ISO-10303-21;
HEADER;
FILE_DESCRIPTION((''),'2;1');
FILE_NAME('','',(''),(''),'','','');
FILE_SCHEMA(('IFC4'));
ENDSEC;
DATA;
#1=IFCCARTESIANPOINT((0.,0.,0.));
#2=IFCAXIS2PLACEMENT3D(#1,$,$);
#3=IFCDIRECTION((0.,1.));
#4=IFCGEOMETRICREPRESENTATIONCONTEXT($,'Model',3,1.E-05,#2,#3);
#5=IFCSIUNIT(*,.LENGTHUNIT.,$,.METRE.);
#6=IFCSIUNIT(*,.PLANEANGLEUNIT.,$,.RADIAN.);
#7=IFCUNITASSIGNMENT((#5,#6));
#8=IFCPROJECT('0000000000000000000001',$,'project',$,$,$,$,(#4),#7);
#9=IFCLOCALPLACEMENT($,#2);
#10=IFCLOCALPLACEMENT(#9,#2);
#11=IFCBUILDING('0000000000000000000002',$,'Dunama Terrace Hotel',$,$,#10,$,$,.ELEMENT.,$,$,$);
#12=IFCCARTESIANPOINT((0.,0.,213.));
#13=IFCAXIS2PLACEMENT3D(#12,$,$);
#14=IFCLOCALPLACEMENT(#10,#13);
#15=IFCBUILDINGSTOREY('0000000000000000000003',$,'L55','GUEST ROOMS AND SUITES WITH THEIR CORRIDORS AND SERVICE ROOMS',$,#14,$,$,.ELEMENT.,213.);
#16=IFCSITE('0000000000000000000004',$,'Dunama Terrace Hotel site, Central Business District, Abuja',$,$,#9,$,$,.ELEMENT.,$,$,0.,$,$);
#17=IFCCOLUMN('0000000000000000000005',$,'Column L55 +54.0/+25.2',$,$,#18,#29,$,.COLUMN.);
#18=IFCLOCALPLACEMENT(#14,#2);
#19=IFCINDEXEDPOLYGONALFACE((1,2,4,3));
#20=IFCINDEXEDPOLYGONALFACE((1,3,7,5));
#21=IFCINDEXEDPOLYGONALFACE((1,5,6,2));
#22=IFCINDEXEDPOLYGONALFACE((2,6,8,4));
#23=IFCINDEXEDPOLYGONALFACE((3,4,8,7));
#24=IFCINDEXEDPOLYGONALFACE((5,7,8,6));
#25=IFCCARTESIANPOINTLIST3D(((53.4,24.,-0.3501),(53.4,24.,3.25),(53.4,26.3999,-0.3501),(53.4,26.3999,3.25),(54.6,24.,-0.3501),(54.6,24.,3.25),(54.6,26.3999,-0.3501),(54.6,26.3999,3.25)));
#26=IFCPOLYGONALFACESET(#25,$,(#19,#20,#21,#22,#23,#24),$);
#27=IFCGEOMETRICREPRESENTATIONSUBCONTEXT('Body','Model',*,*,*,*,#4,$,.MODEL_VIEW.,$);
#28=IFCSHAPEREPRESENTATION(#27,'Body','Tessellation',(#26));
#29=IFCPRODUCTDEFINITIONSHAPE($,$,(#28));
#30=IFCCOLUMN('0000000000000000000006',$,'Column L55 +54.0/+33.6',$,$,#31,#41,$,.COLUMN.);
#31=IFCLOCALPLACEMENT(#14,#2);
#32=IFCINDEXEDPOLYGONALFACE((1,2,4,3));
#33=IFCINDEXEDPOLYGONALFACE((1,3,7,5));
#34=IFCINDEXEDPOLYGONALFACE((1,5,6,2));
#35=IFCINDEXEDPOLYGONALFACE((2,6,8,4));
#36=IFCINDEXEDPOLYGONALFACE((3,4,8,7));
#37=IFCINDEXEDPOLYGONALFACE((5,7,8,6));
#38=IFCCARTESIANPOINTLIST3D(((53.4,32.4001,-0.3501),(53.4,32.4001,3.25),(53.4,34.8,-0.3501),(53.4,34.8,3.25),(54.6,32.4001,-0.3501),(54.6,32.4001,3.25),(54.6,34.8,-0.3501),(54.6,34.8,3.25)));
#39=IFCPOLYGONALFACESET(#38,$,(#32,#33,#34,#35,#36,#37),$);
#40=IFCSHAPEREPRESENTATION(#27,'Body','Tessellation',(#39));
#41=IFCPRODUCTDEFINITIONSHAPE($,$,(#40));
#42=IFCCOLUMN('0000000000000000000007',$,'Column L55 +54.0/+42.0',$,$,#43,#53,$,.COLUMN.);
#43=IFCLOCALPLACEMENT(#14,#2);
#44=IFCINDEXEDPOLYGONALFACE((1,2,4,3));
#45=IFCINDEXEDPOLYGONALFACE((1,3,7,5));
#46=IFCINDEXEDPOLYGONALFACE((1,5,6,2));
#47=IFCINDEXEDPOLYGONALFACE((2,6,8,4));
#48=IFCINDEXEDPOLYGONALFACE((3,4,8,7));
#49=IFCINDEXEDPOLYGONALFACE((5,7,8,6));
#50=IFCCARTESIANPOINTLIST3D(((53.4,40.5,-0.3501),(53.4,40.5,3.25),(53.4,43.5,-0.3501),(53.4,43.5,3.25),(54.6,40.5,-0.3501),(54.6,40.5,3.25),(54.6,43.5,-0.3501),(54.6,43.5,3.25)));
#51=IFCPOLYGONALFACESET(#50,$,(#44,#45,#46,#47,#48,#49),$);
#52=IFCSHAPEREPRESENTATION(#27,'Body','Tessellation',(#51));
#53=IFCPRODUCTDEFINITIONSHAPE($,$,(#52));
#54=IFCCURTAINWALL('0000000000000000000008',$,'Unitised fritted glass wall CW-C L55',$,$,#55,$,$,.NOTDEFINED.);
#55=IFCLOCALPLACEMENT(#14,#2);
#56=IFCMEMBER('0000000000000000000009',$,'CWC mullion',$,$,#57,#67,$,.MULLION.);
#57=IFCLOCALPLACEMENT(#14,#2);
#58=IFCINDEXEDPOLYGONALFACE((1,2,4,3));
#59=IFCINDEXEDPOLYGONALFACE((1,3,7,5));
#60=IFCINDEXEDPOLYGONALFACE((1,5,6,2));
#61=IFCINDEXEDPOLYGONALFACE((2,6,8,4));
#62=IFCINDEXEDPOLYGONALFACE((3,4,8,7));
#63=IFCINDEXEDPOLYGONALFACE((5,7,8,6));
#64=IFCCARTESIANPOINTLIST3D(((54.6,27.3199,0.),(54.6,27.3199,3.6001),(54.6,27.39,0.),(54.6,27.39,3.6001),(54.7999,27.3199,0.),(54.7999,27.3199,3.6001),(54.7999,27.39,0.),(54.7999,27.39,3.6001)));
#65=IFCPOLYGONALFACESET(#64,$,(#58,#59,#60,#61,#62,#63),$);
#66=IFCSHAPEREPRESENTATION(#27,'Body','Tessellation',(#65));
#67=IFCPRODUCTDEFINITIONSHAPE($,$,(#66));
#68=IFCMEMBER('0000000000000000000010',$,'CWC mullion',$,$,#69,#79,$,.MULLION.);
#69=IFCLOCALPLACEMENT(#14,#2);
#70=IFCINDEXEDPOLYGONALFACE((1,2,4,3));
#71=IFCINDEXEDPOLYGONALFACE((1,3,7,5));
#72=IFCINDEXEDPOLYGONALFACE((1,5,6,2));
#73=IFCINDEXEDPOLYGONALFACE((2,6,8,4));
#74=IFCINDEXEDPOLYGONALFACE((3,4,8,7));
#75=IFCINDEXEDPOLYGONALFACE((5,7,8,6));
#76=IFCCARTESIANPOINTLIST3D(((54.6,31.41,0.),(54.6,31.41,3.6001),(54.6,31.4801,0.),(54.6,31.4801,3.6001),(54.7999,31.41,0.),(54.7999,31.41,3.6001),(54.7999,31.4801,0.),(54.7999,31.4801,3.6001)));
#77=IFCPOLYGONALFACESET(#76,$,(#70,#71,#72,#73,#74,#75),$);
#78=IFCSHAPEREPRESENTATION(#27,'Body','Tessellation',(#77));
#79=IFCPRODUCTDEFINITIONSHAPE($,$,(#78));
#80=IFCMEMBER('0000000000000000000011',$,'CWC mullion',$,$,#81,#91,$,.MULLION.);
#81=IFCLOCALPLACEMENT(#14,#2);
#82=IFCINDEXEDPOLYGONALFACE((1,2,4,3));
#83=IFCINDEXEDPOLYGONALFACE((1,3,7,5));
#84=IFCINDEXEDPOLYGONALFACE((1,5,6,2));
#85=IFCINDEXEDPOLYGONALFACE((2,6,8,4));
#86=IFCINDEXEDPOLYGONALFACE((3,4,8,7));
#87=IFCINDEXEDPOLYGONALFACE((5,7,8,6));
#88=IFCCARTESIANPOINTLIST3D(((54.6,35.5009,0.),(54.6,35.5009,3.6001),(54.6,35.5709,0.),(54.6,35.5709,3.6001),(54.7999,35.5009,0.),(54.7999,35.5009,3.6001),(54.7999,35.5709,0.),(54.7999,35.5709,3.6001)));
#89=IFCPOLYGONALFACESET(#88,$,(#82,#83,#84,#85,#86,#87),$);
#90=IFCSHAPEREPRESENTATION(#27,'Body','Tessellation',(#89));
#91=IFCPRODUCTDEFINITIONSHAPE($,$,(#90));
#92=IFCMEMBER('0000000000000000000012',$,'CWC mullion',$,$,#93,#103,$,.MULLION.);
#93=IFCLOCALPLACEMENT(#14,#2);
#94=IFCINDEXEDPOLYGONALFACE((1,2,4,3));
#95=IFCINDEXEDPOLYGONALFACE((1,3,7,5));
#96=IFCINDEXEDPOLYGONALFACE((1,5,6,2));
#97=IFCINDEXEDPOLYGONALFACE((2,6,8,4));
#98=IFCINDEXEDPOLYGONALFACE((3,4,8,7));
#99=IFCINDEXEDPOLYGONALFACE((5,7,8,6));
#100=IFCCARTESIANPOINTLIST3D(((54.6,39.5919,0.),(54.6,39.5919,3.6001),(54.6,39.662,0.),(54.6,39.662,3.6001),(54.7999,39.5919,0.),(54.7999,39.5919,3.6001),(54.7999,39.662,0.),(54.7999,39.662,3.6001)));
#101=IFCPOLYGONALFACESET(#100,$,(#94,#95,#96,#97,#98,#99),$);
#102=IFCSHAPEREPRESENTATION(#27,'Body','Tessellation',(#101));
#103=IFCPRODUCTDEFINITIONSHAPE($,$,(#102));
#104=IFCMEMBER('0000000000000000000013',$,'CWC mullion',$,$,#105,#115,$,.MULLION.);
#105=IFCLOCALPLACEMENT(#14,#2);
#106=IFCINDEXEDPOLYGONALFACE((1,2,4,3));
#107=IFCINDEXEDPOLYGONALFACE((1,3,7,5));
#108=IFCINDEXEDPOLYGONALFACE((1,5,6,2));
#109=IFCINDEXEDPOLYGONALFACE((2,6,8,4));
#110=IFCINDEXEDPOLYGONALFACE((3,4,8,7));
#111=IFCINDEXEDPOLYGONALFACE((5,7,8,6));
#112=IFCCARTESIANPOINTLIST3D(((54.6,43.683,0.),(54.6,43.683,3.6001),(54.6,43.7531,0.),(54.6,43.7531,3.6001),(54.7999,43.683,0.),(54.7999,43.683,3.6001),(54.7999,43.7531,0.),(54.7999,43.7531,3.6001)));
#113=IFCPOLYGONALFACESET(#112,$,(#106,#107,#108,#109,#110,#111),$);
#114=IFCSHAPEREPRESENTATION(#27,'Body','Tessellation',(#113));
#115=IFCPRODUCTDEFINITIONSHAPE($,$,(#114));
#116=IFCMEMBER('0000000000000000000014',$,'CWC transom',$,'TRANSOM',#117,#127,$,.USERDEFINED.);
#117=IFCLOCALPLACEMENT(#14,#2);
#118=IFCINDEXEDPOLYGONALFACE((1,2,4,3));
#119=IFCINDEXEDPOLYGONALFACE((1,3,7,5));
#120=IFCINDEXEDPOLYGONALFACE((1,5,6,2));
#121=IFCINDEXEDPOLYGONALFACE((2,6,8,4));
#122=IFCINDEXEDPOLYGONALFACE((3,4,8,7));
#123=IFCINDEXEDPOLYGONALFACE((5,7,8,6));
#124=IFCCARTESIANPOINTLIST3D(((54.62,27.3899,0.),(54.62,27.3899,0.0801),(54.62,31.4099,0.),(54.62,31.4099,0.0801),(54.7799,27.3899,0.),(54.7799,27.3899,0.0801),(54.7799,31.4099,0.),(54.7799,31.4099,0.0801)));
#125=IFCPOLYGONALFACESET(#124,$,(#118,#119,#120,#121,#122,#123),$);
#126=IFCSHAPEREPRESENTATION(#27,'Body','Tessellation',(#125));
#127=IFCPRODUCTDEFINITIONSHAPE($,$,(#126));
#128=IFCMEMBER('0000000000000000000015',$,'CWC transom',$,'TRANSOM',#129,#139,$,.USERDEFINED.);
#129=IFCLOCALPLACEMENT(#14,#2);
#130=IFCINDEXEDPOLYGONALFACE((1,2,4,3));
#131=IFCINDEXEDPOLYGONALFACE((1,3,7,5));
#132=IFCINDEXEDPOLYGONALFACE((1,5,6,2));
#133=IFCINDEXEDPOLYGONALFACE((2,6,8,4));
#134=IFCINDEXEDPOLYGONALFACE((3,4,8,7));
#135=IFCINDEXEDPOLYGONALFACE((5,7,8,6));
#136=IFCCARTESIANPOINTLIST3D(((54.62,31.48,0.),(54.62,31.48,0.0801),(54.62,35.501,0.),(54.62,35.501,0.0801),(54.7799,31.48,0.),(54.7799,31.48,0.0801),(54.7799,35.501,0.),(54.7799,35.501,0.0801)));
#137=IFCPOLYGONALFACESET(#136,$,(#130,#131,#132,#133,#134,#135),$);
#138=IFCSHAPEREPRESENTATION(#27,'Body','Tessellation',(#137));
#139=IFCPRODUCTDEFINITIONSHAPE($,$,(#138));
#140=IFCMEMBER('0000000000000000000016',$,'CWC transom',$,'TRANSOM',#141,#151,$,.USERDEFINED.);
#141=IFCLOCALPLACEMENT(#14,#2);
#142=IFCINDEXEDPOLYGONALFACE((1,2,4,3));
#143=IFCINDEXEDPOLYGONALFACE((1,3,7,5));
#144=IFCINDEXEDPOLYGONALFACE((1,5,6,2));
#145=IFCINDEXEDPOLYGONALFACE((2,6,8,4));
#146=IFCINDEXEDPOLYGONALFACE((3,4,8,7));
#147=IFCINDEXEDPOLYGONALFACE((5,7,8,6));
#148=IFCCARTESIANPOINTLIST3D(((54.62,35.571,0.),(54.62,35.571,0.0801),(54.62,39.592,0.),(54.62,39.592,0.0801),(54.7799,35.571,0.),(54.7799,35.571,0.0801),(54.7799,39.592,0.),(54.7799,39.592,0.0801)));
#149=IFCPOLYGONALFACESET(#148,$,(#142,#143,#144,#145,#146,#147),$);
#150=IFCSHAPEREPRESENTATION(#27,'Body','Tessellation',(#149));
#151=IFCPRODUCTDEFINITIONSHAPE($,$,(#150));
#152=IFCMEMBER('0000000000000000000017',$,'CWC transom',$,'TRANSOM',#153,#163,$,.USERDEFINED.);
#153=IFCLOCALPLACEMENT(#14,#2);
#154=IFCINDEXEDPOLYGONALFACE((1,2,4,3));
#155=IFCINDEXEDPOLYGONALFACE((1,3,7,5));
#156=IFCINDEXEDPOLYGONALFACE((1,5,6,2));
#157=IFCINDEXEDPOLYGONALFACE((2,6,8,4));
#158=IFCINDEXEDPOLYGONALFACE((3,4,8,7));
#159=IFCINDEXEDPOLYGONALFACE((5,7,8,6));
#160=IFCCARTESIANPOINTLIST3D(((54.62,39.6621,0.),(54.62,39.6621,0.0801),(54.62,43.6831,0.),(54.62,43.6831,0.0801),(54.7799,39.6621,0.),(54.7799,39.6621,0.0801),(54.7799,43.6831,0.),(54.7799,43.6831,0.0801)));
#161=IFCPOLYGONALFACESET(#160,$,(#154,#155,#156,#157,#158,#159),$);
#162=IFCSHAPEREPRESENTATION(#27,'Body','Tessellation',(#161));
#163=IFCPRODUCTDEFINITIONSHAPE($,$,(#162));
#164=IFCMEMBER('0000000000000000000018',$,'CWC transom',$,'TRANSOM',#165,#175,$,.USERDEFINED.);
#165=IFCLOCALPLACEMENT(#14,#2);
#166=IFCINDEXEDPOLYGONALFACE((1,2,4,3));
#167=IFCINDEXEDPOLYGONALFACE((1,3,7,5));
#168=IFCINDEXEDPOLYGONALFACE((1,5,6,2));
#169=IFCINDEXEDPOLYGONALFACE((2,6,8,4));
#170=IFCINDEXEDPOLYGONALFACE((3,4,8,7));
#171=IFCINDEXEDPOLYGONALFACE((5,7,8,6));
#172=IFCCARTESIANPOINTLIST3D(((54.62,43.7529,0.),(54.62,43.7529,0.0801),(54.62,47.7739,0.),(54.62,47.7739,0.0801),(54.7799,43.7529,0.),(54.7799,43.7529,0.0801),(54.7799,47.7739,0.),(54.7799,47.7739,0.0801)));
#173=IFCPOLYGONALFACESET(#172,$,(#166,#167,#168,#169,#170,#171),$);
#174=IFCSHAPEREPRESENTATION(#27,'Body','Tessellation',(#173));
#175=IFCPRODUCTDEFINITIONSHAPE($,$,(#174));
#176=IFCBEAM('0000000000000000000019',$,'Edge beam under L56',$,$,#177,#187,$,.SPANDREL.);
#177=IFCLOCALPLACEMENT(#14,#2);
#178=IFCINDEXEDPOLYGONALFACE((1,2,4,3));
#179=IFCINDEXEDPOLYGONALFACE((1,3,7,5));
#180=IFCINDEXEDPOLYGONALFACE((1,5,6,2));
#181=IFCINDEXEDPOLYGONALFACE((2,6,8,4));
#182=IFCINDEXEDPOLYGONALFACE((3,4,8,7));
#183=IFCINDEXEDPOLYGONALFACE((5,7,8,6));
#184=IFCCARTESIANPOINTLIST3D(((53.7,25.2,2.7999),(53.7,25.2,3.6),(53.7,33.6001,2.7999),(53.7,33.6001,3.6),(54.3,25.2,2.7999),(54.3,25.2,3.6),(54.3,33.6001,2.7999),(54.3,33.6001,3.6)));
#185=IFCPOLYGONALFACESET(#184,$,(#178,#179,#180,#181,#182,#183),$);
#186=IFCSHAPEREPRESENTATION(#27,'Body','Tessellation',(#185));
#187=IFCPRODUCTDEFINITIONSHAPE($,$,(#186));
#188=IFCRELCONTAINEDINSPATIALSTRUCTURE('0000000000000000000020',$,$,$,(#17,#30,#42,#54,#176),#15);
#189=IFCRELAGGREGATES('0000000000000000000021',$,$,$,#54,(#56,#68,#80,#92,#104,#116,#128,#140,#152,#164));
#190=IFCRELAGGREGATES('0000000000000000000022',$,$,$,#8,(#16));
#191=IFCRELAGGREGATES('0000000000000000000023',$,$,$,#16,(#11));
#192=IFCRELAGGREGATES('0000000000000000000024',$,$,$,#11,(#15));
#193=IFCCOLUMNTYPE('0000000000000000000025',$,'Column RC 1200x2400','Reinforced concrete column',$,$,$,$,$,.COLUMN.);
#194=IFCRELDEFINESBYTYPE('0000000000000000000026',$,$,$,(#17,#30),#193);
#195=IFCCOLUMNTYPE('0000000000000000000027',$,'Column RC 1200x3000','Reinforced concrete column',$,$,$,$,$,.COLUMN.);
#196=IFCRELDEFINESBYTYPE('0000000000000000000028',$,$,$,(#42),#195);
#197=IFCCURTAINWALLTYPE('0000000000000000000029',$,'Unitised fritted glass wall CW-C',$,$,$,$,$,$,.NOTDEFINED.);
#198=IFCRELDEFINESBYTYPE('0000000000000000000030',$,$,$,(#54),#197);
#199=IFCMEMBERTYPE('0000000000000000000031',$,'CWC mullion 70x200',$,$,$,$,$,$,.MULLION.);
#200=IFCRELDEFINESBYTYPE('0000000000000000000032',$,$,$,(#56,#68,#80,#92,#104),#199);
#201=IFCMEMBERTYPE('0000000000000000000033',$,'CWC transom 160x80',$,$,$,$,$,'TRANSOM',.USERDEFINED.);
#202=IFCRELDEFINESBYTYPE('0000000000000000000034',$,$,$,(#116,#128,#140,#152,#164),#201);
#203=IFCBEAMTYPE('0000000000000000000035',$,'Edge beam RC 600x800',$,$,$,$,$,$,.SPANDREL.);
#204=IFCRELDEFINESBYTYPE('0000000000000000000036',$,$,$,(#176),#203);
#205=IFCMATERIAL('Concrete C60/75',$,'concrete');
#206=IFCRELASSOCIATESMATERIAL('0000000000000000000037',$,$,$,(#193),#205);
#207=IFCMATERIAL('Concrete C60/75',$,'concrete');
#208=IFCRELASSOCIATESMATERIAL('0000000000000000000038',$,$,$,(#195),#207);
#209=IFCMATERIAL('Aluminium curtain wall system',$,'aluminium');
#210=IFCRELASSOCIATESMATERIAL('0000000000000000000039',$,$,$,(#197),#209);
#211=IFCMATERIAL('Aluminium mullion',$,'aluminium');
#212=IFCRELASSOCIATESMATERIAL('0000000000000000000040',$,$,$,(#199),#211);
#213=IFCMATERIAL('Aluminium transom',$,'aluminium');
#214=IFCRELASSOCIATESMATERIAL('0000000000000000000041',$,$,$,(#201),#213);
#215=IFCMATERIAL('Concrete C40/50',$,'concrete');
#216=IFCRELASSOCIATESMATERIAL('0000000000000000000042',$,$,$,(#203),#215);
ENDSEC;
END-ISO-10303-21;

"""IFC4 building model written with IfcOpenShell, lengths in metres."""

from ifc_helpers import new_model, si_unit, direction, frame, origin, origin_2d, place, context, subcontext, project, spatial, rectangle, extrude, material, material_profile, profile_set, type_object, element, aggregate, save


model = new_model("IFC4")

# Units and contexts
model_context = context("Model", 3, precision=1e-05, world=origin(), true_north=direction((0.0, 1.0)))
body_context = subcontext(model_context, "Body", "Model", "MODEL_VIEW")
ifc_project = project(units=[si_unit("LENGTHUNIT", "METRE"), si_unit("PLANEANGLEUNIT", "RADIAN")], contexts=[model_context])

# Site, building, storey
site_placement = place(None, origin())
site = spatial("IfcSite", under=ifc_project, at=site_placement, Name="Dunama Terrace Hotel site, Central Business District, Abuja", CompositionType="ELEMENT", RefElevation=0.0)
building_placement = place(site_placement, origin())
building = spatial("IfcBuilding", under=site, at=building_placement, Name="Dunama Terrace Hotel", CompositionType="ELEMENT")
storey_placement = place(building_placement, frame((0.0, 0.0, 213.0)))
storey = spatial("IfcBuildingStorey", under=building, at=storey_placement, Name="L55", Description="GUEST ROOMS AND SUITES WITH THEIR CORRIDORS AND SERVICE ROOMS", CompositionType="ELEMENT", Elevation=213.0)

# Columns
ifc_material_1 = material(Name="Concrete C60/75", Category="concrete")
ifc_material_profile_1 = material_profile(ifc_material_1, rectangle(XDim=1.2, YDim=2.3999, at=origin_2d()), Name="RC 1200x2400")
ifc_profile_set_1 = profile_set([ifc_material_profile_1], Name="Concrete C60/75")
column_type_1 = type_object("IfcColumnType", Name="Column RC 1200x2400", Description="Reinforced concrete column", PredefinedType="COLUMN", material=ifc_profile_set_1)
for number, where, z_axis, x_axis, name in (
    (1, (54.0, 25.2, -0.3501), (0.0, 0.0, 1.0), (1.0, 0.0, 0.0), "Column L55 +54.0/+25.2"),
    (2, (54.0, 33.6001, -0.3501), (0.0, 0.0, 1.0), (1.0, 0.0, 0.0), "Column L55 +54.0/+33.6"),
):
    element("IfcColumn", number, at=place(storey_placement, frame(where, z_axis=z_axis, x_axis=x_axis)), inside=storey, type_object=column_type_1, Name=name, PredefinedType="COLUMN", context=body_context, shape_type="SweptSolid", body=[
        extrude(rectangle(XDim=1.2, YDim=2.3999, at=origin_2d()), origin(), (0.0, 0.0, 1.0), 3.6001),
    ])
ifc_material_2 = material(Name="Concrete C60/75", Category="concrete")
ifc_material_profile_2 = material_profile(ifc_material_2, rectangle(XDim=1.2, YDim=3.0, at=origin_2d()), Name="RC 1200x3000")
ifc_profile_set_2 = profile_set([ifc_material_profile_2], Name="Concrete C60/75")
column_type_2 = type_object("IfcColumnType", Name="Column RC 1200x3000", Description="Reinforced concrete column", PredefinedType="COLUMN", material=ifc_profile_set_2)
column_placement = place(storey_placement, frame((54.0, 42.0, -0.3501), z_axis=(0.0, 0.0, 1.0), x_axis=(1.0, 0.0, 0.0)))
element("IfcColumn", 3, at=column_placement, inside=storey, type_object=column_type_2, Name="Column L55 +54.0/+42.0", PredefinedType="COLUMN", context=body_context, shape_type="SweptSolid", body=[
    extrude(rectangle(XDim=1.2, YDim=3.0, at=origin_2d()), origin(), (0.0, 0.0, 1.0), 3.6001),
])

# Curtain wall, members
ifc_material_3 = material(Name="Aluminium curtain wall system", Category="aluminium")
curtain_wall_type = type_object("IfcCurtainWallType", Name="Unitised fritted glass wall CW-C", PredefinedType="NOTDEFINED", material=ifc_material_3)
curtain_wall_placement = place(storey_placement, origin())
curtain_wall = element("IfcCurtainWall", 4, at=curtain_wall_placement, inside=storey, type_object=curtain_wall_type, Name="Unitised fritted glass wall CW-C L55", PredefinedType="NOTDEFINED")
ifc_material_4 = material(Name="Aluminium mullion", Category="aluminium")
ifc_material_profile_3 = material_profile(ifc_material_4, rectangle(XDim=0.0701, YDim=0.2, at=origin_2d()), Name="CWC MULLION 70X200")
ifc_profile_set_3 = profile_set([ifc_material_profile_3], Name="Aluminium mullion")
member_type_1 = type_object("IfcMemberType", Name="CWC mullion 70x200", PredefinedType="MULLION", material=ifc_profile_set_3)
member_1_placement = place(storey_placement, frame((54.7, 27.355, 0.0), z_axis=(0.0, 0.0, 1.0), x_axis=(0.0, 1.0, 0.0)))
member_1 = element("IfcMember", 5, at=member_1_placement, type_object=member_type_1, Name="CWC mullion", PredefinedType="MULLION", context=body_context, shape_type="SweptSolid", body=[
    extrude(rectangle(XDim=0.0701, YDim=0.2, at=origin_2d()), origin(), (0.0, 0.0, 1.0), 3.6001),
])
member_2_placement = place(storey_placement, frame((54.7, 31.4451, 0.0), z_axis=(0.0, 0.0, 1.0), x_axis=(0.0, 1.0, 0.0)))
member_2 = element("IfcMember", 6, at=member_2_placement, type_object=member_type_1, Name="CWC mullion", PredefinedType="MULLION", context=body_context, shape_type="SweptSolid", body=[
    extrude(rectangle(XDim=0.0701, YDim=0.2, at=origin_2d()), origin(), (0.0, 0.0, 1.0), 3.6001),
])
member_3_placement = place(storey_placement, frame((54.7, 35.5359, 0.0), z_axis=(0.0, 0.0, 1.0), x_axis=(0.0, 1.0, 0.0)))
member_3 = element("IfcMember", 7, at=member_3_placement, type_object=member_type_1, Name="CWC mullion", PredefinedType="MULLION", context=body_context, shape_type="SweptSolid", body=[
    extrude(rectangle(XDim=0.0701, YDim=0.2, at=origin_2d()), origin(), (0.0, 0.0, 1.0), 3.6001),
])
member_4_placement = place(storey_placement, frame((54.7, 39.627, 0.0), z_axis=(0.0, 0.0, 1.0), x_axis=(0.0, 1.0, 0.0)))
member_4 = element("IfcMember", 8, at=member_4_placement, type_object=member_type_1, Name="CWC mullion", PredefinedType="MULLION", context=body_context, shape_type="SweptSolid", body=[
    extrude(rectangle(XDim=0.0701, YDim=0.2, at=origin_2d()), origin(), (0.0, 0.0, 1.0), 3.6001),
])
member_5_placement = place(storey_placement, frame((54.7, 43.718, 0.0), z_axis=(0.0, 0.0, 1.0), x_axis=(0.0, 1.0, 0.0)))
member_5 = element("IfcMember", 9, at=member_5_placement, type_object=member_type_1, Name="CWC mullion", PredefinedType="MULLION", context=body_context, shape_type="SweptSolid", body=[
    extrude(rectangle(XDim=0.0701, YDim=0.2, at=origin_2d()), origin(), (0.0, 0.0, 1.0), 3.6001),
])
ifc_material_5 = material(Name="Aluminium transom", Category="aluminium")
ifc_material_profile_4 = material_profile(ifc_material_5, rectangle(XDim=0.1599, YDim=0.0801, at=origin_2d()), Name="CWC TRANSOM 160X80")
ifc_profile_set_4 = profile_set([ifc_material_profile_4], Name="Aluminium transom")
member_type_2 = type_object("IfcMemberType", Name="CWC transom 160x80", ElementType="TRANSOM", PredefinedType="USERDEFINED", material=ifc_profile_set_4)
member_6_placement = place(storey_placement, frame((54.7, 27.3899, 0.04), z_axis=(0.0, 1.0, 0.0), x_axis=(-1.0, 0.0, 0.0)))
member_6 = element("IfcMember", 10, at=member_6_placement, type_object=member_type_2, Name="CWC transom", ObjectType="TRANSOM", PredefinedType="USERDEFINED", context=body_context, shape_type="SweptSolid", body=[
    extrude(rectangle(XDim=0.1599, YDim=0.0801, at=origin_2d()), origin(), (0.0, 0.0, 1.0), 4.02),
])
member_7_placement = place(storey_placement, frame((54.7, 31.48, 0.04), z_axis=(0.0, 1.0, 0.0), x_axis=(-1.0, 0.0, 0.0)))
member_7 = element("IfcMember", 11, at=member_7_placement, type_object=member_type_2, Name="CWC transom", ObjectType="TRANSOM", PredefinedType="USERDEFINED", context=body_context, shape_type="SweptSolid", body=[
    extrude(rectangle(XDim=0.1599, YDim=0.0801, at=origin_2d()), origin(), (0.0, 0.0, 1.0), 4.021),
])
member_8_placement = place(storey_placement, frame((54.7, 35.571, 0.04), z_axis=(0.0, 1.0, 0.0), x_axis=(-1.0, 0.0, 0.0)))
member_8 = element("IfcMember", 12, at=member_8_placement, type_object=member_type_2, Name="CWC transom", ObjectType="TRANSOM", PredefinedType="USERDEFINED", context=body_context, shape_type="SweptSolid", body=[
    extrude(rectangle(XDim=0.1599, YDim=0.0801, at=origin_2d()), origin(), (0.0, 0.0, 1.0), 4.021),
])
member_9_placement = place(storey_placement, frame((54.7, 39.6621, 0.04), z_axis=(0.0, 1.0, 0.0), x_axis=(-1.0, 0.0, 0.0)))
member_9 = element("IfcMember", 13, at=member_9_placement, type_object=member_type_2, Name="CWC transom", ObjectType="TRANSOM", PredefinedType="USERDEFINED", context=body_context, shape_type="SweptSolid", body=[
    extrude(rectangle(XDim=0.1599, YDim=0.0801, at=origin_2d()), origin(), (0.0, 0.0, 1.0), 4.021),
])
member_10_placement = place(storey_placement, frame((54.7, 43.7529, 0.04), z_axis=(0.0, 1.0, 0.0), x_axis=(-1.0, 0.0, 0.0)))
member_10 = element("IfcMember", 14, at=member_10_placement, type_object=member_type_2, Name="CWC transom", ObjectType="TRANSOM", PredefinedType="USERDEFINED", context=body_context, shape_type="SweptSolid", body=[
    extrude(rectangle(XDim=0.1599, YDim=0.0801, at=origin_2d()), origin(), (0.0, 0.0, 1.0), 4.021),
])

# Beam
ifc_material_6 = material(Name="Concrete C40/50", Category="concrete")
ifc_material_profile_5 = material_profile(ifc_material_6, rectangle(XDim=0.6001, YDim=0.8, at=origin_2d()), Name="RC 600x800")
ifc_profile_set_5 = profile_set([ifc_material_profile_5], Name="Concrete C40/50")
beam_type = type_object("IfcBeamType", Name="Edge beam RC 600x800", PredefinedType="SPANDREL", material=ifc_profile_set_5)
beam_placement = place(storey_placement, frame((54.0, 25.2, 3.2), z_axis=(0.0, 1.0, 0.0), x_axis=(-1.0, 0.0, 0.0)))
element("IfcBeam", 15, at=beam_placement, inside=storey, type_object=beam_type, Name="Edge beam under L56", PredefinedType="SPANDREL", context=body_context, shape_type="SweptSolid", body=[
    extrude(rectangle(XDim=0.6001, YDim=0.8, at=origin_2d()), origin(), (0.0, 0.0, 1.0), 8.4001),
])

aggregate(curtain_wall, [member_1, member_2, member_3, member_4, member_5, member_6, member_7, member_8, member_9, member_10])

save(model, "model.ifc")
